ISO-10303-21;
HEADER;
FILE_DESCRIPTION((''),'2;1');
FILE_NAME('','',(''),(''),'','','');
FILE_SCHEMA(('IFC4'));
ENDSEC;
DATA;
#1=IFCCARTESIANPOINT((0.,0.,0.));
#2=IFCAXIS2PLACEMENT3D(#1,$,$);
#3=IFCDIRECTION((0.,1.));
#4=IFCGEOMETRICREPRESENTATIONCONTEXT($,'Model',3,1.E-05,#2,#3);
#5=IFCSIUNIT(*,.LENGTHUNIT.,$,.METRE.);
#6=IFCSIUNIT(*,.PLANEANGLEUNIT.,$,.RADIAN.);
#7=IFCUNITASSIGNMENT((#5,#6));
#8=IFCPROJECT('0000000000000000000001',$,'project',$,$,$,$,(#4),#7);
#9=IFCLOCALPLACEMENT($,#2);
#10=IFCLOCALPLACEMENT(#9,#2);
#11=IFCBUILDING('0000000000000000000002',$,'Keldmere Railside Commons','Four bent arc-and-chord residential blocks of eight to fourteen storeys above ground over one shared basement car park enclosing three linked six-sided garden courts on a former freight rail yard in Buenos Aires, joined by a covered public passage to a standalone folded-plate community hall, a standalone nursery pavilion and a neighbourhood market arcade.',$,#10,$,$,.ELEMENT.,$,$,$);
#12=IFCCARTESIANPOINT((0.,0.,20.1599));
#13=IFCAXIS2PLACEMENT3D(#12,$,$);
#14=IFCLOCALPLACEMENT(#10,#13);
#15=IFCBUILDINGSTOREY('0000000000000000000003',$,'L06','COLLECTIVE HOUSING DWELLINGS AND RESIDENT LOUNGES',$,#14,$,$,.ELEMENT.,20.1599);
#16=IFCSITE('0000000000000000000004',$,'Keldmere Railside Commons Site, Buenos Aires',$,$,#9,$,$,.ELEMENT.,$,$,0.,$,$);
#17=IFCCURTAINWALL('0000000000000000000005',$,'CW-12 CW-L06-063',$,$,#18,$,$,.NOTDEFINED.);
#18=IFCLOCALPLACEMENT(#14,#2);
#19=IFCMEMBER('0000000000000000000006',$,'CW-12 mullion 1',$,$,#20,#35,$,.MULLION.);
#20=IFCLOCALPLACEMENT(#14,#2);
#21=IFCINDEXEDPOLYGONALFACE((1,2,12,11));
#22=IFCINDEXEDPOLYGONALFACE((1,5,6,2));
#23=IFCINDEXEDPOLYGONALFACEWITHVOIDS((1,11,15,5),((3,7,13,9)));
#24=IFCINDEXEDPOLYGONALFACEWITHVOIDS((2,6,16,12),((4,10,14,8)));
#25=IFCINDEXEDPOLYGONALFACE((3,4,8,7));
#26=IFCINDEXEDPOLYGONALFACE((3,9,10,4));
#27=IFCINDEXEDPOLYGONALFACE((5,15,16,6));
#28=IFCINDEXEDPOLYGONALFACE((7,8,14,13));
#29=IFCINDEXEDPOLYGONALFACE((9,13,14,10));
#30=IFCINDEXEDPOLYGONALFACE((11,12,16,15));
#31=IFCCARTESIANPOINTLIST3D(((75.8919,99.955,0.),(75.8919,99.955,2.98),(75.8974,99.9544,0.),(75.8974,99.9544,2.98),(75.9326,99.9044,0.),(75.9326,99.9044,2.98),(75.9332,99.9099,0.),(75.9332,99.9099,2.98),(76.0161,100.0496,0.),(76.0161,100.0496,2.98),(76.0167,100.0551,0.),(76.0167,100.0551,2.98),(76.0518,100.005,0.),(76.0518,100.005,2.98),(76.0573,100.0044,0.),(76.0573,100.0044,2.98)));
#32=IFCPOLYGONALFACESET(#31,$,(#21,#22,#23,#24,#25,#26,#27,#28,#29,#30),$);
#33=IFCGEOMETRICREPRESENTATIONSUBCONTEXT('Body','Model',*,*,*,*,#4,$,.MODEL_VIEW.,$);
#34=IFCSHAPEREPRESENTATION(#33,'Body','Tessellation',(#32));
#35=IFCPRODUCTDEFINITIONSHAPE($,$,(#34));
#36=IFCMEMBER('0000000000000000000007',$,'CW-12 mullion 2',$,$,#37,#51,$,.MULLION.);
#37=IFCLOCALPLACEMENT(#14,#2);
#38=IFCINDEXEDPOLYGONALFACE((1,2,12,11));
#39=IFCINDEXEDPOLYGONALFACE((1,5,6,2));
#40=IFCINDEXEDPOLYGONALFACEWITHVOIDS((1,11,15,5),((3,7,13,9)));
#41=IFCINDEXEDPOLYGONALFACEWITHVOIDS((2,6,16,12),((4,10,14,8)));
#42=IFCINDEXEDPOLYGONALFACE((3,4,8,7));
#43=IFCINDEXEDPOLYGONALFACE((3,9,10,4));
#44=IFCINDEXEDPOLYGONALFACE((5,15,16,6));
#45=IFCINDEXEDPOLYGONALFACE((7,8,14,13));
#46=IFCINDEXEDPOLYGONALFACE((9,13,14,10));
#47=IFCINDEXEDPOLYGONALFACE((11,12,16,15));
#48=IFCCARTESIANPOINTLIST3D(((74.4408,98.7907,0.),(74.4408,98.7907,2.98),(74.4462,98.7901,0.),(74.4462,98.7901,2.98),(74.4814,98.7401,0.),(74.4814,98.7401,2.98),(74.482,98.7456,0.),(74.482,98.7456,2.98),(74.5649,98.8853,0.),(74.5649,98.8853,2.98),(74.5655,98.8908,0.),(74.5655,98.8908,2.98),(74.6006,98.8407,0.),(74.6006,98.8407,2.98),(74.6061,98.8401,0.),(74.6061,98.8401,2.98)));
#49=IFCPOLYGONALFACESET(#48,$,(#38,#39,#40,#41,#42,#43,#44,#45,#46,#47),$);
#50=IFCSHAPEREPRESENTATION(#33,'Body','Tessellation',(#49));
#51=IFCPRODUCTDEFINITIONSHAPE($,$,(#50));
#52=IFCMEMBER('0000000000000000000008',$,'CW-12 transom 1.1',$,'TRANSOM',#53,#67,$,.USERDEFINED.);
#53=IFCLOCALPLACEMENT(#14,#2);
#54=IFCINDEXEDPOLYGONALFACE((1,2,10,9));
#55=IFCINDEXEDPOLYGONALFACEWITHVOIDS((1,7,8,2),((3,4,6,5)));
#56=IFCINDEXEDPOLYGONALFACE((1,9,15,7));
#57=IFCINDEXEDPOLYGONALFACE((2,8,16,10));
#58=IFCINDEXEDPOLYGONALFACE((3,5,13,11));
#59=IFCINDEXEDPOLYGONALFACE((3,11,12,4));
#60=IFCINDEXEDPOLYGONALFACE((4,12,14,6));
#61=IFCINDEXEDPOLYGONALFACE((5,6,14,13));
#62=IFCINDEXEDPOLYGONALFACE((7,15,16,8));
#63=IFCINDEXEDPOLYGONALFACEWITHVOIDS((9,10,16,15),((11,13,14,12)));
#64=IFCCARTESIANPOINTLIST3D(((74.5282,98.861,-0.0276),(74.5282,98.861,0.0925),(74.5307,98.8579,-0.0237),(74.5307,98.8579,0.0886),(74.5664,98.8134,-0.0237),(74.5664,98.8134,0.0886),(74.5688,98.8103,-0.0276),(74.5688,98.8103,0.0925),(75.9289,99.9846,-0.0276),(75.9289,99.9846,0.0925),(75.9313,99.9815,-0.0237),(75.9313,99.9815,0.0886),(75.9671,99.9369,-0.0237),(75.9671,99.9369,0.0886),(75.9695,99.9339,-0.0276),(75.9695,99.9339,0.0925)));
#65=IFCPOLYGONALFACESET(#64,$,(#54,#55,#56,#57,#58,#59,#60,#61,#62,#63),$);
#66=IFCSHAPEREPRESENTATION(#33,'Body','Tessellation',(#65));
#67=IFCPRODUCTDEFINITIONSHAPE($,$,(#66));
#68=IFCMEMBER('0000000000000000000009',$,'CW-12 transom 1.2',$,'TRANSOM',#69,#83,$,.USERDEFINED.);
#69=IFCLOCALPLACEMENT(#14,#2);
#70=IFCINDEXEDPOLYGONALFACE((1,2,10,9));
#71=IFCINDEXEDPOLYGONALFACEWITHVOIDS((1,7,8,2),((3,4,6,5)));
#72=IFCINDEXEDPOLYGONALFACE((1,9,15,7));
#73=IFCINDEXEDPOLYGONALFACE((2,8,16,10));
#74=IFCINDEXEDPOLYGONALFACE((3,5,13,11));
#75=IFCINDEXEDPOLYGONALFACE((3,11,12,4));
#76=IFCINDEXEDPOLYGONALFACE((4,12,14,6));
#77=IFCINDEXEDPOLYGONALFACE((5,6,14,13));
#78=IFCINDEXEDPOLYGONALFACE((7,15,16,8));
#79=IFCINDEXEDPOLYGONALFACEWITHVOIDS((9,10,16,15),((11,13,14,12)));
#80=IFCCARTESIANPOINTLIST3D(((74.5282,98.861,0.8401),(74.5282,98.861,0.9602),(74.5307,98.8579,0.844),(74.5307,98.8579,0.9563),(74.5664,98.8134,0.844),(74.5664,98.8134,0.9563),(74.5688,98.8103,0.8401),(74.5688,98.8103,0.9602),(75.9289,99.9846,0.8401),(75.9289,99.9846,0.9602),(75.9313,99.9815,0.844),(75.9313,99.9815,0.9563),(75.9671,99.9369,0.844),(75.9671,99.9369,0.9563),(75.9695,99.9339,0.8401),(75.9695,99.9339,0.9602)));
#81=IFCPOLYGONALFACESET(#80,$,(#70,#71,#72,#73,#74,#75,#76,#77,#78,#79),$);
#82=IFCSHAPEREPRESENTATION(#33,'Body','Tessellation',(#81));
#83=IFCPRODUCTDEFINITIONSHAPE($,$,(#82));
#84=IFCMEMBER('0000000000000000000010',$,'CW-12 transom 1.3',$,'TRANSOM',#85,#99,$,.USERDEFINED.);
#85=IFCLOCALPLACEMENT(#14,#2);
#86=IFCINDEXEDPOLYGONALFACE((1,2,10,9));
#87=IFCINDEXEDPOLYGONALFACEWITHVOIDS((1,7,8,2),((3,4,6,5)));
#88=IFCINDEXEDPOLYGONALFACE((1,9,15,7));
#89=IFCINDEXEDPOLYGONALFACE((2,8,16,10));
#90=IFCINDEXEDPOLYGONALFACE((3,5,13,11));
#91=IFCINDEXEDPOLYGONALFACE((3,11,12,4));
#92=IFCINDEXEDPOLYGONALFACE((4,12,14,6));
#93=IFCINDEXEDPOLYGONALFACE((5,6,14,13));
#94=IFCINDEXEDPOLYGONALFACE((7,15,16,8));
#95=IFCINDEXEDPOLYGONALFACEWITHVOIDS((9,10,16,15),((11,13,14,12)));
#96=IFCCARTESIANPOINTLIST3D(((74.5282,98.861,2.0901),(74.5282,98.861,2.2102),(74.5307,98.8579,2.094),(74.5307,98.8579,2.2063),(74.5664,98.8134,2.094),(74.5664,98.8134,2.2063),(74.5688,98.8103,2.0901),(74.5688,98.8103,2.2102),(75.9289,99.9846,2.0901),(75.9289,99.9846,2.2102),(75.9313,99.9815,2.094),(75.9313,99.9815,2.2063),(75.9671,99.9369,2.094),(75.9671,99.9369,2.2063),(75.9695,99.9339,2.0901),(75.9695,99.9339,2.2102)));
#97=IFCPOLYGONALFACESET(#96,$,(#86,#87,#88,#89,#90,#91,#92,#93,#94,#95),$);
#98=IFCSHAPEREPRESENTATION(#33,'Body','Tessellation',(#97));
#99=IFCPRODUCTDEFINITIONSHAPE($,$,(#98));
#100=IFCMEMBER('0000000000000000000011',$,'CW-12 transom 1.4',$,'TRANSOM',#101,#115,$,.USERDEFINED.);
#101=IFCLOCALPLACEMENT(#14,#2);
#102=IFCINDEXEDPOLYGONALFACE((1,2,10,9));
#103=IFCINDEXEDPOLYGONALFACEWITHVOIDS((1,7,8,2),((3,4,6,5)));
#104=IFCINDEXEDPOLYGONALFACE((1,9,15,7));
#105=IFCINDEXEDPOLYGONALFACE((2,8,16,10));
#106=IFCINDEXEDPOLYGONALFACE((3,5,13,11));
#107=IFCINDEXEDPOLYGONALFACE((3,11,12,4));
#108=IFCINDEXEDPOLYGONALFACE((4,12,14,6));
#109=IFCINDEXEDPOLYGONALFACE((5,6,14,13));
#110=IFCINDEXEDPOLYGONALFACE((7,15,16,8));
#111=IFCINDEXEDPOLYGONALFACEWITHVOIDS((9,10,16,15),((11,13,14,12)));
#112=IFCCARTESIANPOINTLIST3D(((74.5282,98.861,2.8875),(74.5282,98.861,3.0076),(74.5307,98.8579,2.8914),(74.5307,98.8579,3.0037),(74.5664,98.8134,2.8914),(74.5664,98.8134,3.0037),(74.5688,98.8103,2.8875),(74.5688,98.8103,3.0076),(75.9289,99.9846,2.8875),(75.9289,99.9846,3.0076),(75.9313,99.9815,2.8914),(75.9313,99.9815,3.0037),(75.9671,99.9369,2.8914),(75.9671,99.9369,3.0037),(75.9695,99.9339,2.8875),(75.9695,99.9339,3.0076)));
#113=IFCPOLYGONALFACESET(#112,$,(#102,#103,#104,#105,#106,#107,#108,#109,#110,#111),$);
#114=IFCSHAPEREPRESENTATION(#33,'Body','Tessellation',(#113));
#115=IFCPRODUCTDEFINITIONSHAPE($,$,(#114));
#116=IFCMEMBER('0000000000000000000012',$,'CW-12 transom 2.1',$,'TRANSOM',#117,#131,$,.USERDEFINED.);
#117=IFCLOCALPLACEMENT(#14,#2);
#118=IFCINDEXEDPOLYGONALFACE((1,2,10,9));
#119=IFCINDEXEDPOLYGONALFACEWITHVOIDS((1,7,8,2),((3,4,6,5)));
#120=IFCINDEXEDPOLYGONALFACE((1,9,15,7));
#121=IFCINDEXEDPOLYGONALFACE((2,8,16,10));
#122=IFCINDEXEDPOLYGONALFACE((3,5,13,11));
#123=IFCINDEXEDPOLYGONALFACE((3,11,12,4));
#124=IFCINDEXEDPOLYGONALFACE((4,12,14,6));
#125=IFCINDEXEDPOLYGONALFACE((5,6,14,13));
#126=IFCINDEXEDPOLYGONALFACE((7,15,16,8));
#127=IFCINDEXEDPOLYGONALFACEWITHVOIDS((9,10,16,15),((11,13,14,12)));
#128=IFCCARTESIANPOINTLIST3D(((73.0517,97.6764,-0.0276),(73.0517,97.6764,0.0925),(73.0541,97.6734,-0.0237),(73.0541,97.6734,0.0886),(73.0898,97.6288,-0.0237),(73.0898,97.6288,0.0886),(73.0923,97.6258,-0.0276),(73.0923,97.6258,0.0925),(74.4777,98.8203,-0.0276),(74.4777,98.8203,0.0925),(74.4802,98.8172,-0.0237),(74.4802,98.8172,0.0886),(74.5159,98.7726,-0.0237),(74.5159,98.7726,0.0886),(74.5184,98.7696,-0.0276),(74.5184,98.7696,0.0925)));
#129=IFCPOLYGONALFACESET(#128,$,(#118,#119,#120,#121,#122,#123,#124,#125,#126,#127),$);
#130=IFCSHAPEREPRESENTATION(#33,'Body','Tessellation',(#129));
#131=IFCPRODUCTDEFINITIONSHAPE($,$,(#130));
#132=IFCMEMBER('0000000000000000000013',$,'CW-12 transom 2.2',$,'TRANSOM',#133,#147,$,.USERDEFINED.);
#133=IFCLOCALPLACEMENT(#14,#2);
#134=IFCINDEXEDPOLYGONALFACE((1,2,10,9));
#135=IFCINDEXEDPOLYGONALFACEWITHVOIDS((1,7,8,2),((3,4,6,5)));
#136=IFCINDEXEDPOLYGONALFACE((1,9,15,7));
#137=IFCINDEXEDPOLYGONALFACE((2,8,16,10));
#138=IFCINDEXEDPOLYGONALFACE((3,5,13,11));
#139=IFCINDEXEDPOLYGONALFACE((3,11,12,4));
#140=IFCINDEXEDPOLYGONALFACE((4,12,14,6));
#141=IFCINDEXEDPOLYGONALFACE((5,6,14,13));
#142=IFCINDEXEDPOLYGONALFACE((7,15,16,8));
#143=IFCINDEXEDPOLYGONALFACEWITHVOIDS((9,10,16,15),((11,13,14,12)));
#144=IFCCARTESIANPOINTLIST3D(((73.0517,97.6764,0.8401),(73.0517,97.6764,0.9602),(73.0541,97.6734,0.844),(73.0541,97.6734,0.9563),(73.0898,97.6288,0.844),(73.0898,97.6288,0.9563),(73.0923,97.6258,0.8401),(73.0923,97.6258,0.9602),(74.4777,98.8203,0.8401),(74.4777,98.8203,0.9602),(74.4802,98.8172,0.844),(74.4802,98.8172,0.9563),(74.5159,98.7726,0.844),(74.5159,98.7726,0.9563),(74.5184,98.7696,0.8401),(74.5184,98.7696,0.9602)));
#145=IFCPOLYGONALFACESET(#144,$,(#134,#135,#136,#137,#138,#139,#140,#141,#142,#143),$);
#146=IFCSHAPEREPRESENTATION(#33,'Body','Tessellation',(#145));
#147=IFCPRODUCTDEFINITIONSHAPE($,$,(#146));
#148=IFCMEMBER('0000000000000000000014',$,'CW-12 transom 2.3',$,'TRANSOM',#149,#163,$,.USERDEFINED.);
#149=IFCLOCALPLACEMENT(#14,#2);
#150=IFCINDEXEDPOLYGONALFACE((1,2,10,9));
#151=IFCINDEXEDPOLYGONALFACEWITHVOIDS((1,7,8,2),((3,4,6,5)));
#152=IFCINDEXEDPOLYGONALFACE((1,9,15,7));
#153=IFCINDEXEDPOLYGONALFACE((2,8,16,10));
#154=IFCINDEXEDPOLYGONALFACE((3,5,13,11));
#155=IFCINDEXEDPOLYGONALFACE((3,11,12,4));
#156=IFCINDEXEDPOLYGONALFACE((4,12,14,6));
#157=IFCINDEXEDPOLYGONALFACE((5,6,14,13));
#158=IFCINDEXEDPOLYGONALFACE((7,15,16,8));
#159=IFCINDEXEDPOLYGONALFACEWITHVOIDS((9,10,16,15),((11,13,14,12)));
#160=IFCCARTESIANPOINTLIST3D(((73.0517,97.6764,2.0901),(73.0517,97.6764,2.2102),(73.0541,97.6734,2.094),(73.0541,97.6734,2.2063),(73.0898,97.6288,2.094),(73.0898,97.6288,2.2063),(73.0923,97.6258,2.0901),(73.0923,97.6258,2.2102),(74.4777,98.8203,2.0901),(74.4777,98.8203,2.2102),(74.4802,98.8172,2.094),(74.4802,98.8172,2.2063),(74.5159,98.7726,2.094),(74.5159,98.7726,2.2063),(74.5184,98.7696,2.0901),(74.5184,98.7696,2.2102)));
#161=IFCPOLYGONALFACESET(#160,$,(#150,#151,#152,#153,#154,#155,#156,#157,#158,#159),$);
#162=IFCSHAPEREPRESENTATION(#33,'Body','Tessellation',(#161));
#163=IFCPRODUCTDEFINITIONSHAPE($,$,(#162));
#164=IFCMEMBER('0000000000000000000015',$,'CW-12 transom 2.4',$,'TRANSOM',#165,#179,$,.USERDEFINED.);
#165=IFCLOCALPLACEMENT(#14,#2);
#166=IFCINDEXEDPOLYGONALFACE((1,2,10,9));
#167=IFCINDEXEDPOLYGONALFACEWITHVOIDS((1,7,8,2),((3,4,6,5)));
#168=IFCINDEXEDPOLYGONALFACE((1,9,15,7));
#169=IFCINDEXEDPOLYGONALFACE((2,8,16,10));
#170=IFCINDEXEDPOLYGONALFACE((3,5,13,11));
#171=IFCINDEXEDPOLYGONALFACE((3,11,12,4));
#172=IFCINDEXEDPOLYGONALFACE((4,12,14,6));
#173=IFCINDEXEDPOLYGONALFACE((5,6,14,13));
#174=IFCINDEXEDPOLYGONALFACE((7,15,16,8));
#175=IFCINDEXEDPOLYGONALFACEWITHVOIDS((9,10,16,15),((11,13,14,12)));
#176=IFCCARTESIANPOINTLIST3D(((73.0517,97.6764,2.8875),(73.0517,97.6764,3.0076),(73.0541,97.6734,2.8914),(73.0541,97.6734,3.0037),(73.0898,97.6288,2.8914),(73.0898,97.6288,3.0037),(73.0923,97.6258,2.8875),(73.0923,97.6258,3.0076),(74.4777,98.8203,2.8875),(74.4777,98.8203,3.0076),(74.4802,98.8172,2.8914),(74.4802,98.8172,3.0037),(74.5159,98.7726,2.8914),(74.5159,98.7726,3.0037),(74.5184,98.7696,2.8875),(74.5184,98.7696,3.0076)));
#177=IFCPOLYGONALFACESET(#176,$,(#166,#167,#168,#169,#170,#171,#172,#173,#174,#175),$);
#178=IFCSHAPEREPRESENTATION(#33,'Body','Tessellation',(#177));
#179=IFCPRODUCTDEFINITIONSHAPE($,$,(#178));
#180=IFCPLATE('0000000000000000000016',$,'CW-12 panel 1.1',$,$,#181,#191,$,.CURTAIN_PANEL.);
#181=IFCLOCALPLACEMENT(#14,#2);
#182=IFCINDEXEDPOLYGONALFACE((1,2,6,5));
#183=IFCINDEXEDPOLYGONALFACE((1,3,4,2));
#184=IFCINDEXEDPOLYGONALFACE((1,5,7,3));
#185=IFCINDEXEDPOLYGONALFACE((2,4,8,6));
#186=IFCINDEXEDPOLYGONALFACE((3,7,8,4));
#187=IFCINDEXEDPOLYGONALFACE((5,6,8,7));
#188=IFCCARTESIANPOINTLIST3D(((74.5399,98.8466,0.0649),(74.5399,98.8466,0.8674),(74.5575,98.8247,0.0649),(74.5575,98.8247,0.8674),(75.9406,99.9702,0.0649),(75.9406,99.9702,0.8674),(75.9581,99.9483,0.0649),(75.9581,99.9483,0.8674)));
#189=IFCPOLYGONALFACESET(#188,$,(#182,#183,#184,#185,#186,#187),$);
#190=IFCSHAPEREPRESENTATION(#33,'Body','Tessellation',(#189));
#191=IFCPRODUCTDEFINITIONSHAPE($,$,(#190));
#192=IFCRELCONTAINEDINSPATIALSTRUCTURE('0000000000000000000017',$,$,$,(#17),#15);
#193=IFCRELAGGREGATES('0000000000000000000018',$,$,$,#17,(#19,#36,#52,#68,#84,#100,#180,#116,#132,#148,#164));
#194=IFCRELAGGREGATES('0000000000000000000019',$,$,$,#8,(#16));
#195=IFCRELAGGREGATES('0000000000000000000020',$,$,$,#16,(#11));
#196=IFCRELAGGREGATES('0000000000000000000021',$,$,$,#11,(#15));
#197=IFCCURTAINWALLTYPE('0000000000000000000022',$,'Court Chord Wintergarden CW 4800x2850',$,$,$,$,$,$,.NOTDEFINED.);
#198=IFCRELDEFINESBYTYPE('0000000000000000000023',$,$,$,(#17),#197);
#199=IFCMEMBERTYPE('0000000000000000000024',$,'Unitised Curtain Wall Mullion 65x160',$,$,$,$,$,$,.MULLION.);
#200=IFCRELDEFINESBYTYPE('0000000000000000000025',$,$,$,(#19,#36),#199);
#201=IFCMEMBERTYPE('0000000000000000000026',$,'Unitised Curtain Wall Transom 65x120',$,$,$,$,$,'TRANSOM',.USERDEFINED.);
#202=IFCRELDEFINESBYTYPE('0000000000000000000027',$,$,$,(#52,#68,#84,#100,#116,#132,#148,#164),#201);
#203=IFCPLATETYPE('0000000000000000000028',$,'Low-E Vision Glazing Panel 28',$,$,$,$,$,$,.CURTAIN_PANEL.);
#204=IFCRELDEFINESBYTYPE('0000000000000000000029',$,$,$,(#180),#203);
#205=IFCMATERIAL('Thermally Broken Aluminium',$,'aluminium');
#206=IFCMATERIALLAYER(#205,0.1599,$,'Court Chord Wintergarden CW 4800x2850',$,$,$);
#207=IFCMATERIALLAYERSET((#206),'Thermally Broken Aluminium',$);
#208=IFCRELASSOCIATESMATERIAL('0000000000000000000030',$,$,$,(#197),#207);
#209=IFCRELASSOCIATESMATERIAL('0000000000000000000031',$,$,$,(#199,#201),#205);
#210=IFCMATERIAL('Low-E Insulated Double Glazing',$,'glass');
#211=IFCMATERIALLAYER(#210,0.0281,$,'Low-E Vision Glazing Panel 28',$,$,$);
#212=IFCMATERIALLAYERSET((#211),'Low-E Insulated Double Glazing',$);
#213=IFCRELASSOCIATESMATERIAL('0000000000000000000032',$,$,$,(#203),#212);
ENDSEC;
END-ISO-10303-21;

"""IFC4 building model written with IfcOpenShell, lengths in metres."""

from ifc_helpers import new_model, si_unit, direction, frame, origin, origin_2d, place, context, subcontext, project, spatial, rectangle, hollow_rectangle, extrude, material, layer, layer_set, material_profile, profile_set, type_object, element, aggregate, save


model = new_model("IFC4")

# Units and contexts
model_context = context("Model", 3, precision=1e-05, world=origin(), true_north=direction((0.0, 1.0)))
body_context = subcontext(model_context, "Body", "Model", "MODEL_VIEW")
ifc_project = project(units=[si_unit("LENGTHUNIT", "METRE"), si_unit("PLANEANGLEUNIT", "RADIAN")], contexts=[model_context])

# Site, building, storey
site_placement = place(None, origin())
site = spatial("IfcSite", under=ifc_project, at=site_placement, Name="Keldmere Railside Commons Site, Buenos Aires", CompositionType="ELEMENT", RefElevation=0.0)
building_placement = place(site_placement, origin())
building = spatial("IfcBuilding", under=site, at=building_placement, Name="Keldmere Railside Commons", Description="Four bent arc-and-chord residential blocks of eight to fourteen storeys above ground over one shared basement car park enclosing three linked six-sided garden courts on a former freight rail yard in Buenos Aires, joined by a covered public passage to a standalone folded-plate community hall, a standalone nursery pavilion and a neighbourhood market arcade.", CompositionType="ELEMENT")
storey_placement = place(building_placement, frame((0.0, 0.0, 20.1599)))
storey = spatial("IfcBuildingStorey", under=building, at=storey_placement, Name="L06", Description="COLLECTIVE HOUSING DWELLINGS AND RESIDENT LOUNGES", CompositionType="ELEMENT", Elevation=20.1599)

# Curtain wall, members, plate
ifc_material_1 = material(Name="Thermally Broken Aluminium", Category="aluminium")
ifc_layer_1 = layer(ifc_material_1, 0.1599, Name="Court Chord Wintergarden CW 4800x2850")
ifc_layer_set_1 = layer_set([ifc_layer_1], Name="Thermally Broken Aluminium")
curtain_wall_type = type_object("IfcCurtainWallType", Name="Court Chord Wintergarden CW 4800x2850", PredefinedType="NOTDEFINED", material=ifc_layer_set_1)
curtain_wall_placement = place(storey_placement, origin())
curtain_wall = element("IfcCurtainWall", 1, at=curtain_wall_placement, inside=storey, type_object=curtain_wall_type, Name="CW-12 CW-L06-063", PredefinedType="NOTDEFINED")
ifc_material_profile_1 = material_profile(ifc_material_1, hollow_rectangle(XDim=0.0649, YDim=0.1599, WallThickness=0.0039, at=origin_2d()), Name="ALU-MULL-65x160")
ifc_profile_set_1 = profile_set([ifc_material_profile_1], Name="Thermally Broken Aluminium")
member_type_1 = type_object("IfcMemberType", Name="Unitised Curtain Wall Mullion 65x160", PredefinedType="MULLION", material=ifc_profile_set_1)
member_1_placement = place(storey_placement, frame((75.9746, 99.9797, 0.0), z_axis=(0.0, 0.0, 1.0), x_axis=(0.625768, -0.780009, 0.0)))
member_1 = element("IfcMember", 2, at=member_1_placement, type_object=member_type_1, Name="CW-12 mullion 1", PredefinedType="MULLION", context=body_context, shape_type="SweptSolid", body=[
    extrude(hollow_rectangle(XDim=0.0649, YDim=0.1599, WallThickness=0.0039, at=origin_2d()), origin(), (0.0, 0.0, 1.0), 2.98),
])
member_2_placement = place(storey_placement, frame((74.5234, 98.8154, 0.0), z_axis=(0.0, 0.0, 1.0), x_axis=(0.625768, -0.780009, 0.0)))
member_2 = element("IfcMember", 3, at=member_2_placement, type_object=member_type_1, Name="CW-12 mullion 2", PredefinedType="MULLION", context=body_context, shape_type="SweptSolid", body=[
    extrude(hollow_rectangle(XDim=0.0649, YDim=0.1599, WallThickness=0.0039, at=origin_2d()), origin(), (0.0, 0.0, 1.0), 2.98),
])
ifc_material_profile_2 = material_profile(ifc_material_1, hollow_rectangle(XDim=0.0649, YDim=0.1201, WallThickness=0.0039, at=origin_2d()), Name="ALU-TRAN-65x120")
ifc_profile_set_2 = profile_set([ifc_material_profile_2], Name="Thermally Broken Aluminium")
member_type_2 = type_object("IfcMemberType", Name="Unitised Curtain Wall Transom 65x120", ElementType="TRANSOM", PredefinedType="USERDEFINED", material=ifc_profile_set_2)
member_3_placement = place(storey_placement, frame((75.9492, 99.9592, 0.0325), z_axis=(-0.780046, -0.625723, 0.0), x_axis=(0.625723, -0.780046, 0.0)))
member_3 = element("IfcMember", 4, at=member_3_placement, type_object=member_type_2, Name="CW-12 transom 1.1", ObjectType="TRANSOM", PredefinedType="USERDEFINED", context=body_context, shape_type="SweptSolid", body=[
    extrude(hollow_rectangle(XDim=0.0649, YDim=0.1201, WallThickness=0.0039, at=origin_2d()), origin(), (0.0, 0.0, 1.0), 1.7957),
])
member_4_placement = place(storey_placement, frame((75.9492, 99.9592, 0.9001), z_axis=(-0.780046, -0.625723, 0.0), x_axis=(0.625723, -0.780046, 0.0)))
member_4 = element("IfcMember", 5, at=member_4_placement, type_object=member_type_2, Name="CW-12 transom 1.2", ObjectType="TRANSOM", PredefinedType="USERDEFINED", context=body_context, shape_type="SweptSolid", body=[
    extrude(hollow_rectangle(XDim=0.0649, YDim=0.1201, WallThickness=0.0039, at=origin_2d()), origin(), (0.0, 0.0, 1.0), 1.7957),
])
member_5_placement = place(storey_placement, frame((75.9492, 99.9592, 2.1501), z_axis=(-0.780046, -0.625723, 0.0), x_axis=(0.625723, -0.780046, 0.0)))
member_5 = element("IfcMember", 6, at=member_5_placement, type_object=member_type_2, Name="CW-12 transom 1.3", ObjectType="TRANSOM", PredefinedType="USERDEFINED", context=body_context, shape_type="SweptSolid", body=[
    extrude(hollow_rectangle(XDim=0.0649, YDim=0.1201, WallThickness=0.0039, at=origin_2d()), origin(), (0.0, 0.0, 1.0), 1.7957),
])
member_6_placement = place(storey_placement, frame((75.9492, 99.9592, 2.9475), z_axis=(-0.780046, -0.625723, 0.0), x_axis=(0.625723, -0.780046, 0.0)))
member_6 = element("IfcMember", 7, at=member_6_placement, type_object=member_type_2, Name="CW-12 transom 1.4", ObjectType="TRANSOM", PredefinedType="USERDEFINED", context=body_context, shape_type="SweptSolid", body=[
    extrude(hollow_rectangle(XDim=0.0649, YDim=0.1201, WallThickness=0.0039, at=origin_2d()), origin(), (0.0, 0.0, 1.0), 1.7957),
])
member_7_placement = place(storey_placement, frame((74.498, 98.7949, 0.0325), z_axis=(-0.780073, -0.625688, 0.0), x_axis=(0.625688, -0.780073, 0.0)))
member_7 = element("IfcMember", 8, at=member_7_placement, type_object=member_type_2, Name="CW-12 transom 2.1", ObjectType="TRANSOM", PredefinedType="USERDEFINED", context=body_context, shape_type="SweptSolid", body=[
    extrude(hollow_rectangle(XDim=0.0649, YDim=0.1201, WallThickness=0.0039, at=origin_2d()), origin(), (0.0, 0.0, 1.0), 1.8281),
])
member_8_placement = place(storey_placement, frame((74.498, 98.7949, 0.9001), z_axis=(-0.780073, -0.625688, 0.0), x_axis=(0.625688, -0.780073, 0.0)))
member_8 = element("IfcMember", 9, at=member_8_placement, type_object=member_type_2, Name="CW-12 transom 2.2", ObjectType="TRANSOM", PredefinedType="USERDEFINED", context=body_context, shape_type="SweptSolid", body=[
    extrude(hollow_rectangle(XDim=0.0649, YDim=0.1201, WallThickness=0.0039, at=origin_2d()), origin(), (0.0, 0.0, 1.0), 1.8281),
])
member_9_placement = place(storey_placement, frame((74.498, 98.7949, 2.1501), z_axis=(-0.780073, -0.625688, 0.0), x_axis=(0.625688, -0.780073, 0.0)))
member_9 = element("IfcMember", 10, at=member_9_placement, type_object=member_type_2, Name="CW-12 transom 2.3", ObjectType="TRANSOM", PredefinedType="USERDEFINED", context=body_context, shape_type="SweptSolid", body=[
    extrude(hollow_rectangle(XDim=0.0649, YDim=0.1201, WallThickness=0.0039, at=origin_2d()), origin(), (0.0, 0.0, 1.0), 1.8281),
])
member_10_placement = place(storey_placement, frame((74.498, 98.7949, 2.9475), z_axis=(-0.780073, -0.625688, 0.0), x_axis=(0.625688, -0.780073, 0.0)))
member_10 = element("IfcMember", 11, at=member_10_placement, type_object=member_type_2, Name="CW-12 transom 2.4", ObjectType="TRANSOM", PredefinedType="USERDEFINED", context=body_context, shape_type="SweptSolid", body=[
    extrude(hollow_rectangle(XDim=0.0649, YDim=0.1201, WallThickness=0.0039, at=origin_2d()), origin(), (0.0, 0.0, 1.0), 1.8281),
])
ifc_material_2 = material(Name="Low-E Insulated Double Glazing", Category="glass")
ifc_layer_2 = layer(ifc_material_2, 0.0281, Name="Low-E Vision Glazing Panel 28")
ifc_layer_set_2 = layer_set([ifc_layer_2], Name="Low-E Insulated Double Glazing")
plate_type = type_object("IfcPlateType", Name="Low-E Vision Glazing Panel 28", PredefinedType="CURTAIN_PANEL", material=ifc_layer_set_2)
plate_1_placement = place(storey_placement, frame((75.249, 99.3975, 0.0649), z_axis=(0.0, 0.0, 1.0), x_axis=(-0.780009, -0.625768, 0.0)))
plate_1 = element("IfcPlate", 12, at=plate_1_placement, type_object=plate_type, Name="CW-12 panel 1.1", PredefinedType="CURTAIN_PANEL", context=body_context, shape_type="SweptSolid", body=[
    extrude(rectangle(XDim=1.7957, YDim=0.0281, at=origin_2d()), origin(), (0.0, 0.0, 1.0), 0.8025),
])
aggregate(curtain_wall, [member_1, member_2, member_3, member_4, member_5, member_6, plate_1, member_7, member_8, member_9, member_10])

save(model, "model.ifc")
